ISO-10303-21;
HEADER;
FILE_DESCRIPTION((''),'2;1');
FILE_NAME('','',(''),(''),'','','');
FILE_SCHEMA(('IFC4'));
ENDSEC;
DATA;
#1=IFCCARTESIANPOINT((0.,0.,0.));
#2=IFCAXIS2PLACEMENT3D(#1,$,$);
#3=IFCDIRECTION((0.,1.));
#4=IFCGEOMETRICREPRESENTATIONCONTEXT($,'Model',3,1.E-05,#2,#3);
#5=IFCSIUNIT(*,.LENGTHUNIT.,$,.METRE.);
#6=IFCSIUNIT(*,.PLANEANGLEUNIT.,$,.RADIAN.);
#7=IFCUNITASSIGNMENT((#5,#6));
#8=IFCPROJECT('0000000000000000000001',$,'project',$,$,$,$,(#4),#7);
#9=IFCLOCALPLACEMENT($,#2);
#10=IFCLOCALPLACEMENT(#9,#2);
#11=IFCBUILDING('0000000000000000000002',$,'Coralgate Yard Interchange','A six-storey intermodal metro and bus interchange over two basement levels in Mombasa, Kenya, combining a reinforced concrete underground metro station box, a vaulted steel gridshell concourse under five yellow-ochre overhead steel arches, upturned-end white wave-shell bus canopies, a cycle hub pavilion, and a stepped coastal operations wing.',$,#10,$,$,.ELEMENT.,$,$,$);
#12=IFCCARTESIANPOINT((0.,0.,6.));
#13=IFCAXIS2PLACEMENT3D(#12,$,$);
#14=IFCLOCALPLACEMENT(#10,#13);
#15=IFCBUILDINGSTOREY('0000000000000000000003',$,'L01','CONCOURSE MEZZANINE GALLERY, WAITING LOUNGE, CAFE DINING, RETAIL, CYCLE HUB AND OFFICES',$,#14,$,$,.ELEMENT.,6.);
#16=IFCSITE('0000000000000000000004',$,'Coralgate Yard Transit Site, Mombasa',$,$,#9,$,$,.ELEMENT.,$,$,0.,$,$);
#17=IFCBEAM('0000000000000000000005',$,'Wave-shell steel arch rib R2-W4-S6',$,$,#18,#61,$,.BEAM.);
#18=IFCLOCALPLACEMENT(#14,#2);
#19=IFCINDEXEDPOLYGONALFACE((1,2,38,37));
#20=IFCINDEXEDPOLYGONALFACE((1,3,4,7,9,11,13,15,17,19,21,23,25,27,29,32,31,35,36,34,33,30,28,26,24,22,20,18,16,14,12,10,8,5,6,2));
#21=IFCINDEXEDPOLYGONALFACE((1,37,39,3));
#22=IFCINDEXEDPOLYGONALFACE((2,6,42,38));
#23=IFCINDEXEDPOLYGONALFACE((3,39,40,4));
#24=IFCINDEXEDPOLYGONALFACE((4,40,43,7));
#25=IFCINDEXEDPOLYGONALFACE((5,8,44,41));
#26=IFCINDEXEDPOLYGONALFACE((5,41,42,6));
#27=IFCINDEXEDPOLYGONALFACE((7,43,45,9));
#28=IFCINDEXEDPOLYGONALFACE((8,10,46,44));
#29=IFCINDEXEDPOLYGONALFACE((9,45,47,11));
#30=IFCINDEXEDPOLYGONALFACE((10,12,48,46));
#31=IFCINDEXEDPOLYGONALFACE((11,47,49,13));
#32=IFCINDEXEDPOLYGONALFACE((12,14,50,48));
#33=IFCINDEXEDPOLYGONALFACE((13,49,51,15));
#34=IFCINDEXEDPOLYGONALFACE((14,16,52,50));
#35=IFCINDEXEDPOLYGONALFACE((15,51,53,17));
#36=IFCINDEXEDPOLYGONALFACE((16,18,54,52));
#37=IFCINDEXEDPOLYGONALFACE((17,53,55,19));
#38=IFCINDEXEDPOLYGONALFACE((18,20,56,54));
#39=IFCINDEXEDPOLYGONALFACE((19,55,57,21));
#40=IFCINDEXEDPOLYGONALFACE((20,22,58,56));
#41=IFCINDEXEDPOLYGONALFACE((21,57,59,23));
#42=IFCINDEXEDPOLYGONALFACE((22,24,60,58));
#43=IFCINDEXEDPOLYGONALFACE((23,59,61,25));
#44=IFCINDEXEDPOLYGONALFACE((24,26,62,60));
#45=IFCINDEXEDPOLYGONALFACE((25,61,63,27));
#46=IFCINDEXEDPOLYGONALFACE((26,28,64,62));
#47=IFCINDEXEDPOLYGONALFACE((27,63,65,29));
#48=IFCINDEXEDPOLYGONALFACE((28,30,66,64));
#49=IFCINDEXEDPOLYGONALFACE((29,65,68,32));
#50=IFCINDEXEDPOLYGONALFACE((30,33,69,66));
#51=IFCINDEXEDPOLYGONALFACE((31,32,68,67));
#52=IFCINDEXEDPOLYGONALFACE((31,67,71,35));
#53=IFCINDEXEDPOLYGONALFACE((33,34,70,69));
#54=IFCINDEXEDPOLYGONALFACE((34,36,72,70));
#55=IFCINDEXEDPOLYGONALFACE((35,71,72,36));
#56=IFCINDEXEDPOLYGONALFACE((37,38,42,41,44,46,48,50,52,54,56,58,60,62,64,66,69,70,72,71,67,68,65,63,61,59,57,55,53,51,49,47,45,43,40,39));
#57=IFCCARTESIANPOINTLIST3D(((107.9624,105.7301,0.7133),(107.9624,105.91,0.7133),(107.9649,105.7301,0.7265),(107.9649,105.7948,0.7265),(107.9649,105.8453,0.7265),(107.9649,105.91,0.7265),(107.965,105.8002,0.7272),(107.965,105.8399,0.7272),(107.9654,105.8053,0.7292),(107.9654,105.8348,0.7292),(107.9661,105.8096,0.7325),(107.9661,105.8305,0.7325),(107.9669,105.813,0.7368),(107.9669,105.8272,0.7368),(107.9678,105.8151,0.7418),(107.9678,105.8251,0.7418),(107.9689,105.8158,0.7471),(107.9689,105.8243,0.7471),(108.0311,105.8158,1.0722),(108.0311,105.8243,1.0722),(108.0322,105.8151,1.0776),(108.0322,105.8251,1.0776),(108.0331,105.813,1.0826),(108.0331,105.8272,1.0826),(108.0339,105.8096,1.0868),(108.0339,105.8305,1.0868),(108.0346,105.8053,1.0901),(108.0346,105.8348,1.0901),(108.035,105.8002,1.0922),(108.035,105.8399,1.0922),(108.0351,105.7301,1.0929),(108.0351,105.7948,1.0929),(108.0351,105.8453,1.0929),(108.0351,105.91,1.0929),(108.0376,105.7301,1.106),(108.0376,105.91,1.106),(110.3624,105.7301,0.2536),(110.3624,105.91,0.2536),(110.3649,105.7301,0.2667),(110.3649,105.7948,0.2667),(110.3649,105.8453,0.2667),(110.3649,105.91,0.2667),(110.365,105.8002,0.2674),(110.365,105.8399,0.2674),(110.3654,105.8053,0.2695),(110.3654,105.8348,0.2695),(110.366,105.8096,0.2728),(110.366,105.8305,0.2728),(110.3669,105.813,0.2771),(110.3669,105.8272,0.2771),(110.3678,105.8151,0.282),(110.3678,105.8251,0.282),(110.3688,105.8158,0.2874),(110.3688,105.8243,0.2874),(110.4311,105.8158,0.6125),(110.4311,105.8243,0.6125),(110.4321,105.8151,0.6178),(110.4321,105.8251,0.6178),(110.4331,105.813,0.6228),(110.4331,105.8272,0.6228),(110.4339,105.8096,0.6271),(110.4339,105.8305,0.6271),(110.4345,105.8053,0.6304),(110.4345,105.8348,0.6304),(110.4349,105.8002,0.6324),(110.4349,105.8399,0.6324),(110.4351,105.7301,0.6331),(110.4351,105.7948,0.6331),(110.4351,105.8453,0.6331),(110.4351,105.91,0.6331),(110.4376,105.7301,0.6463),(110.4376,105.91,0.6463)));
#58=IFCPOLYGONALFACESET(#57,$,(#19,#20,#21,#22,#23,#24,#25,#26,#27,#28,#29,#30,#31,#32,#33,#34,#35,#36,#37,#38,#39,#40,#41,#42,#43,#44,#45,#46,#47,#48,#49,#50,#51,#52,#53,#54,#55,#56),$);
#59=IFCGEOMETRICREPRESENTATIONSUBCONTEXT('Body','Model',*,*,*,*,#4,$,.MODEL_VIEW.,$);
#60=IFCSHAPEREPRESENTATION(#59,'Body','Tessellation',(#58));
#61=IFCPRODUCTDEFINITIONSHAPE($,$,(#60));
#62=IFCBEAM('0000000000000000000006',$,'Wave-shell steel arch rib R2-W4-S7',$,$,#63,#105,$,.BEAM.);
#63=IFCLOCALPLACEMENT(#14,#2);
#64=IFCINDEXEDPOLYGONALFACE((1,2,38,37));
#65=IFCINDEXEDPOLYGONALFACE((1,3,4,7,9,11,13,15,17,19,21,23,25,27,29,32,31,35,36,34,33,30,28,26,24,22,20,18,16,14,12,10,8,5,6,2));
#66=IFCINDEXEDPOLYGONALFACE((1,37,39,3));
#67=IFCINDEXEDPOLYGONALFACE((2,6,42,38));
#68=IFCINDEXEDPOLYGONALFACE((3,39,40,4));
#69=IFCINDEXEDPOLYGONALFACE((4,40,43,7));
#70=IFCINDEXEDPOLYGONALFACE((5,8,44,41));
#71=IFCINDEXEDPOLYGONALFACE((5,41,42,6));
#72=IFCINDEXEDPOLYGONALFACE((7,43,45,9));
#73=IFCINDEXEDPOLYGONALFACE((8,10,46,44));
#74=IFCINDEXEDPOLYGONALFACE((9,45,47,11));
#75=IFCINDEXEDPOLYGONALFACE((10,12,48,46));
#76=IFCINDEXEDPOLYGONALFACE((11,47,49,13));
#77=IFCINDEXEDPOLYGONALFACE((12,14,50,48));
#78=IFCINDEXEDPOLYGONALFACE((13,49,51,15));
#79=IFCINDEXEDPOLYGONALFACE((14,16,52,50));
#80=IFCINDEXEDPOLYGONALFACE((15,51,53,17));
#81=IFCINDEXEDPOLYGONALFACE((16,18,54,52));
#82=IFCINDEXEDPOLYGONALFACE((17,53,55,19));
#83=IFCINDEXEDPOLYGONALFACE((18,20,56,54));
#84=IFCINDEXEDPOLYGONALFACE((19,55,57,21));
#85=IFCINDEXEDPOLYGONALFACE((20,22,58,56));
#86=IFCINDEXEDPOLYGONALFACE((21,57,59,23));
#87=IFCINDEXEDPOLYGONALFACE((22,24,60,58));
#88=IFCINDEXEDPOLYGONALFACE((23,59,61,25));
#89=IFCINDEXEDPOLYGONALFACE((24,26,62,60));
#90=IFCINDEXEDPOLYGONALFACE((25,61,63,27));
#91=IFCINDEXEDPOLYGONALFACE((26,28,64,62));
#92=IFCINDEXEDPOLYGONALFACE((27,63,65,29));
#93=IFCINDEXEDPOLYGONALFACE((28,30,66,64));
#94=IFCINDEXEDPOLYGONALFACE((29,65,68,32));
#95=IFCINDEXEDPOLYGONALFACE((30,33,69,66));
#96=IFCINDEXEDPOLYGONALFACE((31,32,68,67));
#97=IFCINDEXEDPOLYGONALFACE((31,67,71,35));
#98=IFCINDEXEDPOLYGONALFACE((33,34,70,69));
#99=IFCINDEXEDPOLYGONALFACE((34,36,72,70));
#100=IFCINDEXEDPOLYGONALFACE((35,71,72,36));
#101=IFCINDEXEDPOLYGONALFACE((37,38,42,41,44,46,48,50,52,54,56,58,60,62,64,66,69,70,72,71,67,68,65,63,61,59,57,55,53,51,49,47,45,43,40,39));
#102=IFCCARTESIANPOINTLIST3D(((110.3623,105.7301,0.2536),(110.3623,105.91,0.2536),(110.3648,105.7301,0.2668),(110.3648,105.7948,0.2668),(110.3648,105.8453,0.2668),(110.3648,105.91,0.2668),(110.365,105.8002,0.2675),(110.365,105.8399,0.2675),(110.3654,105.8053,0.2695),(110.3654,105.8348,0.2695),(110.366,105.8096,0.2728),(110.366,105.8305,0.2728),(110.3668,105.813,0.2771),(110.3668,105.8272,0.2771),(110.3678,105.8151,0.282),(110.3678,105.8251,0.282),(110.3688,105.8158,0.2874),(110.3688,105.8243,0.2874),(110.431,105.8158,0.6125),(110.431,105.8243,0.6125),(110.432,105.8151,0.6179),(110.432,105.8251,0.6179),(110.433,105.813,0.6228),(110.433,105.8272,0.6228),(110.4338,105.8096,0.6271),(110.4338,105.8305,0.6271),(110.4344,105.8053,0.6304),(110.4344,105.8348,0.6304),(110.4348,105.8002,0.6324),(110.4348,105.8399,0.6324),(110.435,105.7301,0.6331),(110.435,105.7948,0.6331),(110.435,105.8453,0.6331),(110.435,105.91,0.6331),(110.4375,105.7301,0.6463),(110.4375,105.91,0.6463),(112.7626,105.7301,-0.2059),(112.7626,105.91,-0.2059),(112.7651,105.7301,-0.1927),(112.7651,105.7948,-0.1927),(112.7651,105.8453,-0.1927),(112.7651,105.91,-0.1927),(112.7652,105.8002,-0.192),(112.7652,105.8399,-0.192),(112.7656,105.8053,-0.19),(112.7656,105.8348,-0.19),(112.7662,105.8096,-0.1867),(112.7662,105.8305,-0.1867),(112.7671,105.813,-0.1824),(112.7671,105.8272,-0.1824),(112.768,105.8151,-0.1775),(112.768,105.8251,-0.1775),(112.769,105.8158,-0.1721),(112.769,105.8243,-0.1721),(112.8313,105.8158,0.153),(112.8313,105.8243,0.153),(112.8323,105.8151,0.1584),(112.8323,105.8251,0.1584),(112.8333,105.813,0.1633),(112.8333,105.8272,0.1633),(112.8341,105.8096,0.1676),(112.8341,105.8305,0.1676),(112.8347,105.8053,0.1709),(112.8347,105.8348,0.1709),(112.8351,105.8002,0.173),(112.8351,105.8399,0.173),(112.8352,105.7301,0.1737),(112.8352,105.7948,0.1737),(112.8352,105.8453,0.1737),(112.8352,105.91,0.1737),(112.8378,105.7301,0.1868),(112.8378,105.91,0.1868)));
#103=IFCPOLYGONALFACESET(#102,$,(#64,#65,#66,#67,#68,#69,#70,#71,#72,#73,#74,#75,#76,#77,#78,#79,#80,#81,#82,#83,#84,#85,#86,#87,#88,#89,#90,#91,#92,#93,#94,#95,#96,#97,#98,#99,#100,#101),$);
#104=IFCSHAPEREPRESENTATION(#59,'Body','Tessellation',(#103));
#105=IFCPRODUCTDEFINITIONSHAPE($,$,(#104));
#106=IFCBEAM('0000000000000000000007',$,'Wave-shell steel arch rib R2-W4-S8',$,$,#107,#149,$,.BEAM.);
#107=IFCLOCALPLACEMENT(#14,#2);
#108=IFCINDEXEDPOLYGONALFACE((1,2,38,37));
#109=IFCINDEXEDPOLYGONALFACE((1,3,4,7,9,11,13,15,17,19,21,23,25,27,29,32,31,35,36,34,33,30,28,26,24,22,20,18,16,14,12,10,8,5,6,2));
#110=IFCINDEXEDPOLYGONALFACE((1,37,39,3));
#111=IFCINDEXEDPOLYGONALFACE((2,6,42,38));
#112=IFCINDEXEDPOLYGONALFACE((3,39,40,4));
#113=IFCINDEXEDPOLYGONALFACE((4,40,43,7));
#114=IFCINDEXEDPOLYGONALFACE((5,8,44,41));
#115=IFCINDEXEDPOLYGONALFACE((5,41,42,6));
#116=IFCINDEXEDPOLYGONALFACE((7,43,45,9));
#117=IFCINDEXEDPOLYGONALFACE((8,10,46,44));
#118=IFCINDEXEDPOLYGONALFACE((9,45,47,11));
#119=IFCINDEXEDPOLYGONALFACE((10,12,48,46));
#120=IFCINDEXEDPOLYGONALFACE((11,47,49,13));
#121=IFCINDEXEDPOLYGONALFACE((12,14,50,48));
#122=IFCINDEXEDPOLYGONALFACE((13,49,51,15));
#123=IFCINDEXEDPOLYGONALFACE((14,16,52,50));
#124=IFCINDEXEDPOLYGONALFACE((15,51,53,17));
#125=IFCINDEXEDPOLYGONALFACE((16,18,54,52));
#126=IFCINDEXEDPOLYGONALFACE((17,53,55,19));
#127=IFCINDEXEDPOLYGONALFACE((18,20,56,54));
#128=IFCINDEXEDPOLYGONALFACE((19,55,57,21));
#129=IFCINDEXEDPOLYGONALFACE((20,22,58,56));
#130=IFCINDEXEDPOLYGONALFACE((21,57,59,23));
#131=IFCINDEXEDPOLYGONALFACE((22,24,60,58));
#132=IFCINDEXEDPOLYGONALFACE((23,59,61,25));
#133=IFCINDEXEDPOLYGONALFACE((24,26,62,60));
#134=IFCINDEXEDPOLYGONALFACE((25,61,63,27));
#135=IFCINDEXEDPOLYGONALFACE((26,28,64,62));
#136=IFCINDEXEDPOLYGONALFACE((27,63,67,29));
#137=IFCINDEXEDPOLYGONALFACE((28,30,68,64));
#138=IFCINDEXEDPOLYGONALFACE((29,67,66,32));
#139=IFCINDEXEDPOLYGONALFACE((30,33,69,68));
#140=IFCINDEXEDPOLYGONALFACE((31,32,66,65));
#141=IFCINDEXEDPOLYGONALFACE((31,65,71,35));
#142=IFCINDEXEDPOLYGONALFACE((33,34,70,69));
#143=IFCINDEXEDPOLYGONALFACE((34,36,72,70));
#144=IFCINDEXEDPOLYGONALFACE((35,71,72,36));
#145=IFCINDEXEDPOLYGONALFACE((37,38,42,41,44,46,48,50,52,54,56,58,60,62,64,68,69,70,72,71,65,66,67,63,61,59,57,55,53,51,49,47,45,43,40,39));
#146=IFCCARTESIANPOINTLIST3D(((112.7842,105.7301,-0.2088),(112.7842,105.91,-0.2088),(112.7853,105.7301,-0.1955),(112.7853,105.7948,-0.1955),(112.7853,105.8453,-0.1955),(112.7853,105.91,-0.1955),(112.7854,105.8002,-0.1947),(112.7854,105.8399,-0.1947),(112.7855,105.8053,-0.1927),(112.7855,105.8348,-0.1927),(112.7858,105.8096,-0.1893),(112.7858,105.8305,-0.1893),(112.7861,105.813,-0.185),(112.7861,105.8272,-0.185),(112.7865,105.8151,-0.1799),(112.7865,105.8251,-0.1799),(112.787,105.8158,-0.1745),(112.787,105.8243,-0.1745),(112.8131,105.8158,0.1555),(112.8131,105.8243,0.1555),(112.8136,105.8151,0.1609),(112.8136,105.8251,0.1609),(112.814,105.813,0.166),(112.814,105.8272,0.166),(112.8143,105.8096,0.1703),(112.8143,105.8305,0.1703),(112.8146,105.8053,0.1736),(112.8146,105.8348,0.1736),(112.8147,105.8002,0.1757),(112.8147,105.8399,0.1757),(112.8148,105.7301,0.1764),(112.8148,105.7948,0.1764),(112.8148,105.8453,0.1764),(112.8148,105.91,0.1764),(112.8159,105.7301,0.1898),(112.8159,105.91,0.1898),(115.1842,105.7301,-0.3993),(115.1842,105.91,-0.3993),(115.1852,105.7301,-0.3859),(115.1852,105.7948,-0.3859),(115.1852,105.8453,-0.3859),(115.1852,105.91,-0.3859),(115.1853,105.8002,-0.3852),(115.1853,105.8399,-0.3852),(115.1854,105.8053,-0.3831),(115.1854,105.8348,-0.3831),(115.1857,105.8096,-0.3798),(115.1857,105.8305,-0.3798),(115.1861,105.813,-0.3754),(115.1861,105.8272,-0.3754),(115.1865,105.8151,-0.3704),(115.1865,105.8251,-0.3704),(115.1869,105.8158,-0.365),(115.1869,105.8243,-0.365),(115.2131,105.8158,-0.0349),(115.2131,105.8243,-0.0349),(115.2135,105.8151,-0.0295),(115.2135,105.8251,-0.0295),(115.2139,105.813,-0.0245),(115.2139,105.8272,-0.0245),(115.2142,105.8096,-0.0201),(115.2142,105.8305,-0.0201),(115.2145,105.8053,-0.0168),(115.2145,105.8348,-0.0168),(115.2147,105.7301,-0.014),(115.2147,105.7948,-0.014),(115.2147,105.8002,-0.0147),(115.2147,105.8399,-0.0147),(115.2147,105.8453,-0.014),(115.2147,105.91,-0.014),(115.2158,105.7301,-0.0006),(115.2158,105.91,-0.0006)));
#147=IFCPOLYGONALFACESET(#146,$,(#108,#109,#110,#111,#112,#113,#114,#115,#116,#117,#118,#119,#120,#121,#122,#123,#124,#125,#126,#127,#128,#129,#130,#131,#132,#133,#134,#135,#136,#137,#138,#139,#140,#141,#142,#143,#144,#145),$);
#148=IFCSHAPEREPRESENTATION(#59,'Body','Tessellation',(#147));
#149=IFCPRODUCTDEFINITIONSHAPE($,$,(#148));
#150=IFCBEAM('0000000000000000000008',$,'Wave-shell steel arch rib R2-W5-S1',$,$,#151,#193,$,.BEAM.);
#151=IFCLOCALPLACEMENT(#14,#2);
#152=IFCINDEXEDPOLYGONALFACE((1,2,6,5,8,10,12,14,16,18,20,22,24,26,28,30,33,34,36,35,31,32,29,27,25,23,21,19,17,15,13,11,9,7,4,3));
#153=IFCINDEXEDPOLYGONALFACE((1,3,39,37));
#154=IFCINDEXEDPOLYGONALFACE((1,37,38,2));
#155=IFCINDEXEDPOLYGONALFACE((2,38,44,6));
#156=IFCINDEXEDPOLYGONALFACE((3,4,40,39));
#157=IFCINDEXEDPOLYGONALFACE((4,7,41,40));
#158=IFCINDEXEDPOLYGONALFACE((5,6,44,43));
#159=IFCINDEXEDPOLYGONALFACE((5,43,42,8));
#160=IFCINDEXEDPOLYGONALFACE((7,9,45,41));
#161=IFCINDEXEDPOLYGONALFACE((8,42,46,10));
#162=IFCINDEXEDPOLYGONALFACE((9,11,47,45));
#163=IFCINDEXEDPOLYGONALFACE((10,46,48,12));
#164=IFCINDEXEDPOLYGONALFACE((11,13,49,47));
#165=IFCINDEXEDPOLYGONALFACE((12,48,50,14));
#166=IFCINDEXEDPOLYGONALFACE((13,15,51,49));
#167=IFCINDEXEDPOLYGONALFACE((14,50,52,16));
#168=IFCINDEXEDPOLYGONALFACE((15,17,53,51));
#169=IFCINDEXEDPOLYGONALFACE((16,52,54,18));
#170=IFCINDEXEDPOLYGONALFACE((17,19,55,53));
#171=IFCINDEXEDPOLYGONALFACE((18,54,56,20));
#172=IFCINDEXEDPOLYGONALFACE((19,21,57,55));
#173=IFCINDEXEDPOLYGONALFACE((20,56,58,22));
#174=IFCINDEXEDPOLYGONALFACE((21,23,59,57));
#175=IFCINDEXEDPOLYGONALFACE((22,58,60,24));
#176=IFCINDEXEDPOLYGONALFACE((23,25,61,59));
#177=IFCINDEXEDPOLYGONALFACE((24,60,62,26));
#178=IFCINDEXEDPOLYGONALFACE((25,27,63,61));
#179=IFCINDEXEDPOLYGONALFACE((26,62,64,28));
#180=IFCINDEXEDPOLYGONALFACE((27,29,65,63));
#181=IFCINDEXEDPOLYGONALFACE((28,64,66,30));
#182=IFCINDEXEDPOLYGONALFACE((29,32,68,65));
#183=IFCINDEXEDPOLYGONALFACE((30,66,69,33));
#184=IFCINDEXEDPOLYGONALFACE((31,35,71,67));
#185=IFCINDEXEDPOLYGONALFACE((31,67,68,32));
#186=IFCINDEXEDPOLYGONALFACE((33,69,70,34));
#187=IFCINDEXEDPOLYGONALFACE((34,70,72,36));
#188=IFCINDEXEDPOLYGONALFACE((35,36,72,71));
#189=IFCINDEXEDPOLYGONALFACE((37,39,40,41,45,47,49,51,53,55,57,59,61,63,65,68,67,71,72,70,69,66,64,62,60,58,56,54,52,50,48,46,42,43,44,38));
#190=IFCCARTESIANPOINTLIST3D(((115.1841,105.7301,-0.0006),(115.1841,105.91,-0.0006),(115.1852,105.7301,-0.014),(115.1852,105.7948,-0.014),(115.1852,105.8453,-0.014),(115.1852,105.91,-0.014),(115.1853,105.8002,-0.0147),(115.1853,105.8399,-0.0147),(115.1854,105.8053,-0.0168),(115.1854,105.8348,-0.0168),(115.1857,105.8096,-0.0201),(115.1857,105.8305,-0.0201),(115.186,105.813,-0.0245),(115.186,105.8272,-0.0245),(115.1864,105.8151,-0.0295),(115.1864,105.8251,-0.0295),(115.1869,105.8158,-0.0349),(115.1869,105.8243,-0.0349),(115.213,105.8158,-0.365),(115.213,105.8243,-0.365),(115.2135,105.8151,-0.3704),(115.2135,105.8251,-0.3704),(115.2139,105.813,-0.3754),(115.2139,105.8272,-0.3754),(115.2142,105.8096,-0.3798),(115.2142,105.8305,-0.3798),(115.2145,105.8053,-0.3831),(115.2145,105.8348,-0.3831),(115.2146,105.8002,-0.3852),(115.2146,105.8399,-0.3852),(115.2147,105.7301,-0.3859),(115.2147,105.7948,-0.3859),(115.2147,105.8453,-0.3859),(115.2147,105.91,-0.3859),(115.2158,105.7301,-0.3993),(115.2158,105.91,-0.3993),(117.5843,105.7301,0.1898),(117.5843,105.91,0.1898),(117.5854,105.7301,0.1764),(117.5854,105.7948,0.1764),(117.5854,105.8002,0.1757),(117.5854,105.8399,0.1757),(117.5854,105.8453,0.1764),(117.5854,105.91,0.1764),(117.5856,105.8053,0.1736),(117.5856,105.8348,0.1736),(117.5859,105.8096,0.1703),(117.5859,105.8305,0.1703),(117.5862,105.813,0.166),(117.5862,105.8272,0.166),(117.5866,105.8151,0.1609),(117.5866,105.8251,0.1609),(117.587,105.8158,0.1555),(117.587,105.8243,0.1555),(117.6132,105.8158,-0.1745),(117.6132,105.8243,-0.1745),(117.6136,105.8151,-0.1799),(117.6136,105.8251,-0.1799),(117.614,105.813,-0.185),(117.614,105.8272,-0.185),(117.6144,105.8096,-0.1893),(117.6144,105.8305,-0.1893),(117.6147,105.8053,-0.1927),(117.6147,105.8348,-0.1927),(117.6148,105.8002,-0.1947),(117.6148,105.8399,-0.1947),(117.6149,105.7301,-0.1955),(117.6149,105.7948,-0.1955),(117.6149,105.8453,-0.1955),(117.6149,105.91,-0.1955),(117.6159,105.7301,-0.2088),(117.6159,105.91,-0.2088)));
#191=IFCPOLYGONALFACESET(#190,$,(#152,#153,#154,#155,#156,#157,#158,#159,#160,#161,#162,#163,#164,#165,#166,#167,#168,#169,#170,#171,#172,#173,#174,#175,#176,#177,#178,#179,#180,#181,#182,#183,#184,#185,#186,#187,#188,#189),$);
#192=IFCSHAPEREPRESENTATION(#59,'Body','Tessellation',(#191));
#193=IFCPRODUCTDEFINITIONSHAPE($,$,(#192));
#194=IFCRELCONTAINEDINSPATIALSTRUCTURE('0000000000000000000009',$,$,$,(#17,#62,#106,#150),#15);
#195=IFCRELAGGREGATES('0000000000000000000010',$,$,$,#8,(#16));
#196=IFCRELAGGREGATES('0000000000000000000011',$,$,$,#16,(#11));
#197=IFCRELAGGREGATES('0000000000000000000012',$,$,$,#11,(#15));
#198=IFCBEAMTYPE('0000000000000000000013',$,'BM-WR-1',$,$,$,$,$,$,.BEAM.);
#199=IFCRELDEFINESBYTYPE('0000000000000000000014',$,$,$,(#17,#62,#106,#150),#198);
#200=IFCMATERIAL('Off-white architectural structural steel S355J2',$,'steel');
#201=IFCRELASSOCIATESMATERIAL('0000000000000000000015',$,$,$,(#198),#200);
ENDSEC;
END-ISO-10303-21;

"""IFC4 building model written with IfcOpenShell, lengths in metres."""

from ifc_helpers import new_model, si_unit, direction, frame, origin, origin_2d, place, context, subcontext, project, spatial, i_section, extrude, material, material_profile, profile_set, type_object, element, save


model = new_model("IFC4")

# Units and contexts
model_context = context("Model", 3, precision=1e-05, world=origin(), true_north=direction((0.0, 1.0)))
body_context = subcontext(model_context, "Body", "Model", "MODEL_VIEW")
ifc_project = project(units=[si_unit("LENGTHUNIT", "METRE"), si_unit("PLANEANGLEUNIT", "RADIAN")], contexts=[model_context])

# Site, building, storey
site_placement = place(None, origin())
site = spatial("IfcSite", under=ifc_project, at=site_placement, Name="Coralgate Yard Transit Site, Mombasa", CompositionType="ELEMENT", RefElevation=0.0)
building_placement = place(site_placement, origin())
building = spatial("IfcBuilding", under=site, at=building_placement, Name="Coralgate Yard Interchange", Description="A six-storey intermodal metro and bus interchange over two basement levels in Mombasa, Kenya, combining a reinforced concrete underground metro station box, a vaulted steel gridshell concourse under five yellow-ochre overhead steel arches, upturned-end white wave-shell bus canopies, a cycle hub pavilion, and a stepped coastal operations wing.", CompositionType="ELEMENT")
storey_placement = place(building_placement, frame((0.0, 0.0, 6.0)))
storey = spatial("IfcBuildingStorey", under=building, at=storey_placement, Name="L01", Description="CONCOURSE MEZZANINE GALLERY, WAITING LOUNGE, CAFE DINING, RETAIL, CYCLE HUB AND OFFICES", CompositionType="ELEMENT", Elevation=6.0)

# Beams
ifc_material_1 = material(Name="Off-white architectural structural steel S355J2", Category="steel")
ifc_material_profile_1 = material_profile(ifc_material_1, i_section(OverallWidth=0.1799, OverallDepth=0.3999, WebThickness=0.0085, FlangeThickness=0.0134, FilletRadius=0.021, at=origin_2d()), Name="IPE 400")
ifc_profile_set_1 = profile_set([ifc_material_profile_1], Name="Off-white architectural structural steel S355J2")
beam_type_1 = type_object("IfcBeamType", Name="BM-WR-1", PredefinedType="BEAM", material=ifc_profile_set_1)
beam_1_placement = place(storey_placement, frame((108.0, 105.8201, 0.9097), z_axis=(0.982143, 0.0, -0.188136), x_axis=(0.0, 1.0, 0.0)))
element("IfcBeam", 1, at=beam_1_placement, inside=storey, type_object=beam_type_1, Name="Wave-shell steel arch rib R2-W4-S6", PredefinedType="BEAM", context=body_context, shape_type="SweptSolid", body=[
    extrude(i_section(OverallWidth=0.1799, OverallDepth=0.3999, WebThickness=0.0085, FlangeThickness=0.0134, FilletRadius=0.021, at=origin_2d()), origin(), (0.0, 0.0, 1.0), 2.4436),
])
beam_2_placement = place(storey_placement, frame((110.3999, 105.8201, 0.45), z_axis=(0.982165, 0.0, -0.188021), x_axis=(0.0, 1.0, 0.0)))
element("IfcBeam", 2, at=beam_2_placement, inside=storey, type_object=beam_type_1, Name="Wave-shell steel arch rib R2-W4-S7", PredefinedType="BEAM", context=body_context, shape_type="SweptSolid", body=[
    extrude(i_section(OverallWidth=0.1799, OverallDepth=0.3999, WebThickness=0.0085, FlangeThickness=0.0134, FilletRadius=0.021, at=origin_2d()), origin(), (0.0, 0.0, 1.0), 2.4438),
])
beam_3_placement = place(storey_placement, frame((112.8, 105.8201, -0.0095), z_axis=(0.996867, 0.0, -0.0791), x_axis=(0.0, 1.0, 0.0)))
element("IfcBeam", 3, at=beam_3_placement, inside=storey, type_object=beam_type_1, Name="Wave-shell steel arch rib R2-W4-S8", PredefinedType="BEAM", context=body_context, shape_type="SweptSolid", body=[
    extrude(i_section(OverallWidth=0.1799, OverallDepth=0.3999, WebThickness=0.0085, FlangeThickness=0.0134, FilletRadius=0.021, at=origin_2d()), origin(), (0.0, 0.0, 1.0), 2.4075),
])
beam_4_placement = place(storey_placement, frame((115.2, 105.8201, -0.2), z_axis=(0.996867, 0.0, 0.079092), x_axis=(0.0, 1.0, 0.0)))
element("IfcBeam", 4, at=beam_4_placement, inside=storey, type_object=beam_type_1, Name="Wave-shell steel arch rib R2-W5-S1", PredefinedType="BEAM", context=body_context, shape_type="SweptSolid", body=[
    extrude(i_section(OverallWidth=0.1799, OverallDepth=0.3999, WebThickness=0.0085, FlangeThickness=0.0134, FilletRadius=0.021, at=origin_2d()), origin(), (0.0, 0.0, 1.0), 2.4077),
])

save(model, "model.ifc")
